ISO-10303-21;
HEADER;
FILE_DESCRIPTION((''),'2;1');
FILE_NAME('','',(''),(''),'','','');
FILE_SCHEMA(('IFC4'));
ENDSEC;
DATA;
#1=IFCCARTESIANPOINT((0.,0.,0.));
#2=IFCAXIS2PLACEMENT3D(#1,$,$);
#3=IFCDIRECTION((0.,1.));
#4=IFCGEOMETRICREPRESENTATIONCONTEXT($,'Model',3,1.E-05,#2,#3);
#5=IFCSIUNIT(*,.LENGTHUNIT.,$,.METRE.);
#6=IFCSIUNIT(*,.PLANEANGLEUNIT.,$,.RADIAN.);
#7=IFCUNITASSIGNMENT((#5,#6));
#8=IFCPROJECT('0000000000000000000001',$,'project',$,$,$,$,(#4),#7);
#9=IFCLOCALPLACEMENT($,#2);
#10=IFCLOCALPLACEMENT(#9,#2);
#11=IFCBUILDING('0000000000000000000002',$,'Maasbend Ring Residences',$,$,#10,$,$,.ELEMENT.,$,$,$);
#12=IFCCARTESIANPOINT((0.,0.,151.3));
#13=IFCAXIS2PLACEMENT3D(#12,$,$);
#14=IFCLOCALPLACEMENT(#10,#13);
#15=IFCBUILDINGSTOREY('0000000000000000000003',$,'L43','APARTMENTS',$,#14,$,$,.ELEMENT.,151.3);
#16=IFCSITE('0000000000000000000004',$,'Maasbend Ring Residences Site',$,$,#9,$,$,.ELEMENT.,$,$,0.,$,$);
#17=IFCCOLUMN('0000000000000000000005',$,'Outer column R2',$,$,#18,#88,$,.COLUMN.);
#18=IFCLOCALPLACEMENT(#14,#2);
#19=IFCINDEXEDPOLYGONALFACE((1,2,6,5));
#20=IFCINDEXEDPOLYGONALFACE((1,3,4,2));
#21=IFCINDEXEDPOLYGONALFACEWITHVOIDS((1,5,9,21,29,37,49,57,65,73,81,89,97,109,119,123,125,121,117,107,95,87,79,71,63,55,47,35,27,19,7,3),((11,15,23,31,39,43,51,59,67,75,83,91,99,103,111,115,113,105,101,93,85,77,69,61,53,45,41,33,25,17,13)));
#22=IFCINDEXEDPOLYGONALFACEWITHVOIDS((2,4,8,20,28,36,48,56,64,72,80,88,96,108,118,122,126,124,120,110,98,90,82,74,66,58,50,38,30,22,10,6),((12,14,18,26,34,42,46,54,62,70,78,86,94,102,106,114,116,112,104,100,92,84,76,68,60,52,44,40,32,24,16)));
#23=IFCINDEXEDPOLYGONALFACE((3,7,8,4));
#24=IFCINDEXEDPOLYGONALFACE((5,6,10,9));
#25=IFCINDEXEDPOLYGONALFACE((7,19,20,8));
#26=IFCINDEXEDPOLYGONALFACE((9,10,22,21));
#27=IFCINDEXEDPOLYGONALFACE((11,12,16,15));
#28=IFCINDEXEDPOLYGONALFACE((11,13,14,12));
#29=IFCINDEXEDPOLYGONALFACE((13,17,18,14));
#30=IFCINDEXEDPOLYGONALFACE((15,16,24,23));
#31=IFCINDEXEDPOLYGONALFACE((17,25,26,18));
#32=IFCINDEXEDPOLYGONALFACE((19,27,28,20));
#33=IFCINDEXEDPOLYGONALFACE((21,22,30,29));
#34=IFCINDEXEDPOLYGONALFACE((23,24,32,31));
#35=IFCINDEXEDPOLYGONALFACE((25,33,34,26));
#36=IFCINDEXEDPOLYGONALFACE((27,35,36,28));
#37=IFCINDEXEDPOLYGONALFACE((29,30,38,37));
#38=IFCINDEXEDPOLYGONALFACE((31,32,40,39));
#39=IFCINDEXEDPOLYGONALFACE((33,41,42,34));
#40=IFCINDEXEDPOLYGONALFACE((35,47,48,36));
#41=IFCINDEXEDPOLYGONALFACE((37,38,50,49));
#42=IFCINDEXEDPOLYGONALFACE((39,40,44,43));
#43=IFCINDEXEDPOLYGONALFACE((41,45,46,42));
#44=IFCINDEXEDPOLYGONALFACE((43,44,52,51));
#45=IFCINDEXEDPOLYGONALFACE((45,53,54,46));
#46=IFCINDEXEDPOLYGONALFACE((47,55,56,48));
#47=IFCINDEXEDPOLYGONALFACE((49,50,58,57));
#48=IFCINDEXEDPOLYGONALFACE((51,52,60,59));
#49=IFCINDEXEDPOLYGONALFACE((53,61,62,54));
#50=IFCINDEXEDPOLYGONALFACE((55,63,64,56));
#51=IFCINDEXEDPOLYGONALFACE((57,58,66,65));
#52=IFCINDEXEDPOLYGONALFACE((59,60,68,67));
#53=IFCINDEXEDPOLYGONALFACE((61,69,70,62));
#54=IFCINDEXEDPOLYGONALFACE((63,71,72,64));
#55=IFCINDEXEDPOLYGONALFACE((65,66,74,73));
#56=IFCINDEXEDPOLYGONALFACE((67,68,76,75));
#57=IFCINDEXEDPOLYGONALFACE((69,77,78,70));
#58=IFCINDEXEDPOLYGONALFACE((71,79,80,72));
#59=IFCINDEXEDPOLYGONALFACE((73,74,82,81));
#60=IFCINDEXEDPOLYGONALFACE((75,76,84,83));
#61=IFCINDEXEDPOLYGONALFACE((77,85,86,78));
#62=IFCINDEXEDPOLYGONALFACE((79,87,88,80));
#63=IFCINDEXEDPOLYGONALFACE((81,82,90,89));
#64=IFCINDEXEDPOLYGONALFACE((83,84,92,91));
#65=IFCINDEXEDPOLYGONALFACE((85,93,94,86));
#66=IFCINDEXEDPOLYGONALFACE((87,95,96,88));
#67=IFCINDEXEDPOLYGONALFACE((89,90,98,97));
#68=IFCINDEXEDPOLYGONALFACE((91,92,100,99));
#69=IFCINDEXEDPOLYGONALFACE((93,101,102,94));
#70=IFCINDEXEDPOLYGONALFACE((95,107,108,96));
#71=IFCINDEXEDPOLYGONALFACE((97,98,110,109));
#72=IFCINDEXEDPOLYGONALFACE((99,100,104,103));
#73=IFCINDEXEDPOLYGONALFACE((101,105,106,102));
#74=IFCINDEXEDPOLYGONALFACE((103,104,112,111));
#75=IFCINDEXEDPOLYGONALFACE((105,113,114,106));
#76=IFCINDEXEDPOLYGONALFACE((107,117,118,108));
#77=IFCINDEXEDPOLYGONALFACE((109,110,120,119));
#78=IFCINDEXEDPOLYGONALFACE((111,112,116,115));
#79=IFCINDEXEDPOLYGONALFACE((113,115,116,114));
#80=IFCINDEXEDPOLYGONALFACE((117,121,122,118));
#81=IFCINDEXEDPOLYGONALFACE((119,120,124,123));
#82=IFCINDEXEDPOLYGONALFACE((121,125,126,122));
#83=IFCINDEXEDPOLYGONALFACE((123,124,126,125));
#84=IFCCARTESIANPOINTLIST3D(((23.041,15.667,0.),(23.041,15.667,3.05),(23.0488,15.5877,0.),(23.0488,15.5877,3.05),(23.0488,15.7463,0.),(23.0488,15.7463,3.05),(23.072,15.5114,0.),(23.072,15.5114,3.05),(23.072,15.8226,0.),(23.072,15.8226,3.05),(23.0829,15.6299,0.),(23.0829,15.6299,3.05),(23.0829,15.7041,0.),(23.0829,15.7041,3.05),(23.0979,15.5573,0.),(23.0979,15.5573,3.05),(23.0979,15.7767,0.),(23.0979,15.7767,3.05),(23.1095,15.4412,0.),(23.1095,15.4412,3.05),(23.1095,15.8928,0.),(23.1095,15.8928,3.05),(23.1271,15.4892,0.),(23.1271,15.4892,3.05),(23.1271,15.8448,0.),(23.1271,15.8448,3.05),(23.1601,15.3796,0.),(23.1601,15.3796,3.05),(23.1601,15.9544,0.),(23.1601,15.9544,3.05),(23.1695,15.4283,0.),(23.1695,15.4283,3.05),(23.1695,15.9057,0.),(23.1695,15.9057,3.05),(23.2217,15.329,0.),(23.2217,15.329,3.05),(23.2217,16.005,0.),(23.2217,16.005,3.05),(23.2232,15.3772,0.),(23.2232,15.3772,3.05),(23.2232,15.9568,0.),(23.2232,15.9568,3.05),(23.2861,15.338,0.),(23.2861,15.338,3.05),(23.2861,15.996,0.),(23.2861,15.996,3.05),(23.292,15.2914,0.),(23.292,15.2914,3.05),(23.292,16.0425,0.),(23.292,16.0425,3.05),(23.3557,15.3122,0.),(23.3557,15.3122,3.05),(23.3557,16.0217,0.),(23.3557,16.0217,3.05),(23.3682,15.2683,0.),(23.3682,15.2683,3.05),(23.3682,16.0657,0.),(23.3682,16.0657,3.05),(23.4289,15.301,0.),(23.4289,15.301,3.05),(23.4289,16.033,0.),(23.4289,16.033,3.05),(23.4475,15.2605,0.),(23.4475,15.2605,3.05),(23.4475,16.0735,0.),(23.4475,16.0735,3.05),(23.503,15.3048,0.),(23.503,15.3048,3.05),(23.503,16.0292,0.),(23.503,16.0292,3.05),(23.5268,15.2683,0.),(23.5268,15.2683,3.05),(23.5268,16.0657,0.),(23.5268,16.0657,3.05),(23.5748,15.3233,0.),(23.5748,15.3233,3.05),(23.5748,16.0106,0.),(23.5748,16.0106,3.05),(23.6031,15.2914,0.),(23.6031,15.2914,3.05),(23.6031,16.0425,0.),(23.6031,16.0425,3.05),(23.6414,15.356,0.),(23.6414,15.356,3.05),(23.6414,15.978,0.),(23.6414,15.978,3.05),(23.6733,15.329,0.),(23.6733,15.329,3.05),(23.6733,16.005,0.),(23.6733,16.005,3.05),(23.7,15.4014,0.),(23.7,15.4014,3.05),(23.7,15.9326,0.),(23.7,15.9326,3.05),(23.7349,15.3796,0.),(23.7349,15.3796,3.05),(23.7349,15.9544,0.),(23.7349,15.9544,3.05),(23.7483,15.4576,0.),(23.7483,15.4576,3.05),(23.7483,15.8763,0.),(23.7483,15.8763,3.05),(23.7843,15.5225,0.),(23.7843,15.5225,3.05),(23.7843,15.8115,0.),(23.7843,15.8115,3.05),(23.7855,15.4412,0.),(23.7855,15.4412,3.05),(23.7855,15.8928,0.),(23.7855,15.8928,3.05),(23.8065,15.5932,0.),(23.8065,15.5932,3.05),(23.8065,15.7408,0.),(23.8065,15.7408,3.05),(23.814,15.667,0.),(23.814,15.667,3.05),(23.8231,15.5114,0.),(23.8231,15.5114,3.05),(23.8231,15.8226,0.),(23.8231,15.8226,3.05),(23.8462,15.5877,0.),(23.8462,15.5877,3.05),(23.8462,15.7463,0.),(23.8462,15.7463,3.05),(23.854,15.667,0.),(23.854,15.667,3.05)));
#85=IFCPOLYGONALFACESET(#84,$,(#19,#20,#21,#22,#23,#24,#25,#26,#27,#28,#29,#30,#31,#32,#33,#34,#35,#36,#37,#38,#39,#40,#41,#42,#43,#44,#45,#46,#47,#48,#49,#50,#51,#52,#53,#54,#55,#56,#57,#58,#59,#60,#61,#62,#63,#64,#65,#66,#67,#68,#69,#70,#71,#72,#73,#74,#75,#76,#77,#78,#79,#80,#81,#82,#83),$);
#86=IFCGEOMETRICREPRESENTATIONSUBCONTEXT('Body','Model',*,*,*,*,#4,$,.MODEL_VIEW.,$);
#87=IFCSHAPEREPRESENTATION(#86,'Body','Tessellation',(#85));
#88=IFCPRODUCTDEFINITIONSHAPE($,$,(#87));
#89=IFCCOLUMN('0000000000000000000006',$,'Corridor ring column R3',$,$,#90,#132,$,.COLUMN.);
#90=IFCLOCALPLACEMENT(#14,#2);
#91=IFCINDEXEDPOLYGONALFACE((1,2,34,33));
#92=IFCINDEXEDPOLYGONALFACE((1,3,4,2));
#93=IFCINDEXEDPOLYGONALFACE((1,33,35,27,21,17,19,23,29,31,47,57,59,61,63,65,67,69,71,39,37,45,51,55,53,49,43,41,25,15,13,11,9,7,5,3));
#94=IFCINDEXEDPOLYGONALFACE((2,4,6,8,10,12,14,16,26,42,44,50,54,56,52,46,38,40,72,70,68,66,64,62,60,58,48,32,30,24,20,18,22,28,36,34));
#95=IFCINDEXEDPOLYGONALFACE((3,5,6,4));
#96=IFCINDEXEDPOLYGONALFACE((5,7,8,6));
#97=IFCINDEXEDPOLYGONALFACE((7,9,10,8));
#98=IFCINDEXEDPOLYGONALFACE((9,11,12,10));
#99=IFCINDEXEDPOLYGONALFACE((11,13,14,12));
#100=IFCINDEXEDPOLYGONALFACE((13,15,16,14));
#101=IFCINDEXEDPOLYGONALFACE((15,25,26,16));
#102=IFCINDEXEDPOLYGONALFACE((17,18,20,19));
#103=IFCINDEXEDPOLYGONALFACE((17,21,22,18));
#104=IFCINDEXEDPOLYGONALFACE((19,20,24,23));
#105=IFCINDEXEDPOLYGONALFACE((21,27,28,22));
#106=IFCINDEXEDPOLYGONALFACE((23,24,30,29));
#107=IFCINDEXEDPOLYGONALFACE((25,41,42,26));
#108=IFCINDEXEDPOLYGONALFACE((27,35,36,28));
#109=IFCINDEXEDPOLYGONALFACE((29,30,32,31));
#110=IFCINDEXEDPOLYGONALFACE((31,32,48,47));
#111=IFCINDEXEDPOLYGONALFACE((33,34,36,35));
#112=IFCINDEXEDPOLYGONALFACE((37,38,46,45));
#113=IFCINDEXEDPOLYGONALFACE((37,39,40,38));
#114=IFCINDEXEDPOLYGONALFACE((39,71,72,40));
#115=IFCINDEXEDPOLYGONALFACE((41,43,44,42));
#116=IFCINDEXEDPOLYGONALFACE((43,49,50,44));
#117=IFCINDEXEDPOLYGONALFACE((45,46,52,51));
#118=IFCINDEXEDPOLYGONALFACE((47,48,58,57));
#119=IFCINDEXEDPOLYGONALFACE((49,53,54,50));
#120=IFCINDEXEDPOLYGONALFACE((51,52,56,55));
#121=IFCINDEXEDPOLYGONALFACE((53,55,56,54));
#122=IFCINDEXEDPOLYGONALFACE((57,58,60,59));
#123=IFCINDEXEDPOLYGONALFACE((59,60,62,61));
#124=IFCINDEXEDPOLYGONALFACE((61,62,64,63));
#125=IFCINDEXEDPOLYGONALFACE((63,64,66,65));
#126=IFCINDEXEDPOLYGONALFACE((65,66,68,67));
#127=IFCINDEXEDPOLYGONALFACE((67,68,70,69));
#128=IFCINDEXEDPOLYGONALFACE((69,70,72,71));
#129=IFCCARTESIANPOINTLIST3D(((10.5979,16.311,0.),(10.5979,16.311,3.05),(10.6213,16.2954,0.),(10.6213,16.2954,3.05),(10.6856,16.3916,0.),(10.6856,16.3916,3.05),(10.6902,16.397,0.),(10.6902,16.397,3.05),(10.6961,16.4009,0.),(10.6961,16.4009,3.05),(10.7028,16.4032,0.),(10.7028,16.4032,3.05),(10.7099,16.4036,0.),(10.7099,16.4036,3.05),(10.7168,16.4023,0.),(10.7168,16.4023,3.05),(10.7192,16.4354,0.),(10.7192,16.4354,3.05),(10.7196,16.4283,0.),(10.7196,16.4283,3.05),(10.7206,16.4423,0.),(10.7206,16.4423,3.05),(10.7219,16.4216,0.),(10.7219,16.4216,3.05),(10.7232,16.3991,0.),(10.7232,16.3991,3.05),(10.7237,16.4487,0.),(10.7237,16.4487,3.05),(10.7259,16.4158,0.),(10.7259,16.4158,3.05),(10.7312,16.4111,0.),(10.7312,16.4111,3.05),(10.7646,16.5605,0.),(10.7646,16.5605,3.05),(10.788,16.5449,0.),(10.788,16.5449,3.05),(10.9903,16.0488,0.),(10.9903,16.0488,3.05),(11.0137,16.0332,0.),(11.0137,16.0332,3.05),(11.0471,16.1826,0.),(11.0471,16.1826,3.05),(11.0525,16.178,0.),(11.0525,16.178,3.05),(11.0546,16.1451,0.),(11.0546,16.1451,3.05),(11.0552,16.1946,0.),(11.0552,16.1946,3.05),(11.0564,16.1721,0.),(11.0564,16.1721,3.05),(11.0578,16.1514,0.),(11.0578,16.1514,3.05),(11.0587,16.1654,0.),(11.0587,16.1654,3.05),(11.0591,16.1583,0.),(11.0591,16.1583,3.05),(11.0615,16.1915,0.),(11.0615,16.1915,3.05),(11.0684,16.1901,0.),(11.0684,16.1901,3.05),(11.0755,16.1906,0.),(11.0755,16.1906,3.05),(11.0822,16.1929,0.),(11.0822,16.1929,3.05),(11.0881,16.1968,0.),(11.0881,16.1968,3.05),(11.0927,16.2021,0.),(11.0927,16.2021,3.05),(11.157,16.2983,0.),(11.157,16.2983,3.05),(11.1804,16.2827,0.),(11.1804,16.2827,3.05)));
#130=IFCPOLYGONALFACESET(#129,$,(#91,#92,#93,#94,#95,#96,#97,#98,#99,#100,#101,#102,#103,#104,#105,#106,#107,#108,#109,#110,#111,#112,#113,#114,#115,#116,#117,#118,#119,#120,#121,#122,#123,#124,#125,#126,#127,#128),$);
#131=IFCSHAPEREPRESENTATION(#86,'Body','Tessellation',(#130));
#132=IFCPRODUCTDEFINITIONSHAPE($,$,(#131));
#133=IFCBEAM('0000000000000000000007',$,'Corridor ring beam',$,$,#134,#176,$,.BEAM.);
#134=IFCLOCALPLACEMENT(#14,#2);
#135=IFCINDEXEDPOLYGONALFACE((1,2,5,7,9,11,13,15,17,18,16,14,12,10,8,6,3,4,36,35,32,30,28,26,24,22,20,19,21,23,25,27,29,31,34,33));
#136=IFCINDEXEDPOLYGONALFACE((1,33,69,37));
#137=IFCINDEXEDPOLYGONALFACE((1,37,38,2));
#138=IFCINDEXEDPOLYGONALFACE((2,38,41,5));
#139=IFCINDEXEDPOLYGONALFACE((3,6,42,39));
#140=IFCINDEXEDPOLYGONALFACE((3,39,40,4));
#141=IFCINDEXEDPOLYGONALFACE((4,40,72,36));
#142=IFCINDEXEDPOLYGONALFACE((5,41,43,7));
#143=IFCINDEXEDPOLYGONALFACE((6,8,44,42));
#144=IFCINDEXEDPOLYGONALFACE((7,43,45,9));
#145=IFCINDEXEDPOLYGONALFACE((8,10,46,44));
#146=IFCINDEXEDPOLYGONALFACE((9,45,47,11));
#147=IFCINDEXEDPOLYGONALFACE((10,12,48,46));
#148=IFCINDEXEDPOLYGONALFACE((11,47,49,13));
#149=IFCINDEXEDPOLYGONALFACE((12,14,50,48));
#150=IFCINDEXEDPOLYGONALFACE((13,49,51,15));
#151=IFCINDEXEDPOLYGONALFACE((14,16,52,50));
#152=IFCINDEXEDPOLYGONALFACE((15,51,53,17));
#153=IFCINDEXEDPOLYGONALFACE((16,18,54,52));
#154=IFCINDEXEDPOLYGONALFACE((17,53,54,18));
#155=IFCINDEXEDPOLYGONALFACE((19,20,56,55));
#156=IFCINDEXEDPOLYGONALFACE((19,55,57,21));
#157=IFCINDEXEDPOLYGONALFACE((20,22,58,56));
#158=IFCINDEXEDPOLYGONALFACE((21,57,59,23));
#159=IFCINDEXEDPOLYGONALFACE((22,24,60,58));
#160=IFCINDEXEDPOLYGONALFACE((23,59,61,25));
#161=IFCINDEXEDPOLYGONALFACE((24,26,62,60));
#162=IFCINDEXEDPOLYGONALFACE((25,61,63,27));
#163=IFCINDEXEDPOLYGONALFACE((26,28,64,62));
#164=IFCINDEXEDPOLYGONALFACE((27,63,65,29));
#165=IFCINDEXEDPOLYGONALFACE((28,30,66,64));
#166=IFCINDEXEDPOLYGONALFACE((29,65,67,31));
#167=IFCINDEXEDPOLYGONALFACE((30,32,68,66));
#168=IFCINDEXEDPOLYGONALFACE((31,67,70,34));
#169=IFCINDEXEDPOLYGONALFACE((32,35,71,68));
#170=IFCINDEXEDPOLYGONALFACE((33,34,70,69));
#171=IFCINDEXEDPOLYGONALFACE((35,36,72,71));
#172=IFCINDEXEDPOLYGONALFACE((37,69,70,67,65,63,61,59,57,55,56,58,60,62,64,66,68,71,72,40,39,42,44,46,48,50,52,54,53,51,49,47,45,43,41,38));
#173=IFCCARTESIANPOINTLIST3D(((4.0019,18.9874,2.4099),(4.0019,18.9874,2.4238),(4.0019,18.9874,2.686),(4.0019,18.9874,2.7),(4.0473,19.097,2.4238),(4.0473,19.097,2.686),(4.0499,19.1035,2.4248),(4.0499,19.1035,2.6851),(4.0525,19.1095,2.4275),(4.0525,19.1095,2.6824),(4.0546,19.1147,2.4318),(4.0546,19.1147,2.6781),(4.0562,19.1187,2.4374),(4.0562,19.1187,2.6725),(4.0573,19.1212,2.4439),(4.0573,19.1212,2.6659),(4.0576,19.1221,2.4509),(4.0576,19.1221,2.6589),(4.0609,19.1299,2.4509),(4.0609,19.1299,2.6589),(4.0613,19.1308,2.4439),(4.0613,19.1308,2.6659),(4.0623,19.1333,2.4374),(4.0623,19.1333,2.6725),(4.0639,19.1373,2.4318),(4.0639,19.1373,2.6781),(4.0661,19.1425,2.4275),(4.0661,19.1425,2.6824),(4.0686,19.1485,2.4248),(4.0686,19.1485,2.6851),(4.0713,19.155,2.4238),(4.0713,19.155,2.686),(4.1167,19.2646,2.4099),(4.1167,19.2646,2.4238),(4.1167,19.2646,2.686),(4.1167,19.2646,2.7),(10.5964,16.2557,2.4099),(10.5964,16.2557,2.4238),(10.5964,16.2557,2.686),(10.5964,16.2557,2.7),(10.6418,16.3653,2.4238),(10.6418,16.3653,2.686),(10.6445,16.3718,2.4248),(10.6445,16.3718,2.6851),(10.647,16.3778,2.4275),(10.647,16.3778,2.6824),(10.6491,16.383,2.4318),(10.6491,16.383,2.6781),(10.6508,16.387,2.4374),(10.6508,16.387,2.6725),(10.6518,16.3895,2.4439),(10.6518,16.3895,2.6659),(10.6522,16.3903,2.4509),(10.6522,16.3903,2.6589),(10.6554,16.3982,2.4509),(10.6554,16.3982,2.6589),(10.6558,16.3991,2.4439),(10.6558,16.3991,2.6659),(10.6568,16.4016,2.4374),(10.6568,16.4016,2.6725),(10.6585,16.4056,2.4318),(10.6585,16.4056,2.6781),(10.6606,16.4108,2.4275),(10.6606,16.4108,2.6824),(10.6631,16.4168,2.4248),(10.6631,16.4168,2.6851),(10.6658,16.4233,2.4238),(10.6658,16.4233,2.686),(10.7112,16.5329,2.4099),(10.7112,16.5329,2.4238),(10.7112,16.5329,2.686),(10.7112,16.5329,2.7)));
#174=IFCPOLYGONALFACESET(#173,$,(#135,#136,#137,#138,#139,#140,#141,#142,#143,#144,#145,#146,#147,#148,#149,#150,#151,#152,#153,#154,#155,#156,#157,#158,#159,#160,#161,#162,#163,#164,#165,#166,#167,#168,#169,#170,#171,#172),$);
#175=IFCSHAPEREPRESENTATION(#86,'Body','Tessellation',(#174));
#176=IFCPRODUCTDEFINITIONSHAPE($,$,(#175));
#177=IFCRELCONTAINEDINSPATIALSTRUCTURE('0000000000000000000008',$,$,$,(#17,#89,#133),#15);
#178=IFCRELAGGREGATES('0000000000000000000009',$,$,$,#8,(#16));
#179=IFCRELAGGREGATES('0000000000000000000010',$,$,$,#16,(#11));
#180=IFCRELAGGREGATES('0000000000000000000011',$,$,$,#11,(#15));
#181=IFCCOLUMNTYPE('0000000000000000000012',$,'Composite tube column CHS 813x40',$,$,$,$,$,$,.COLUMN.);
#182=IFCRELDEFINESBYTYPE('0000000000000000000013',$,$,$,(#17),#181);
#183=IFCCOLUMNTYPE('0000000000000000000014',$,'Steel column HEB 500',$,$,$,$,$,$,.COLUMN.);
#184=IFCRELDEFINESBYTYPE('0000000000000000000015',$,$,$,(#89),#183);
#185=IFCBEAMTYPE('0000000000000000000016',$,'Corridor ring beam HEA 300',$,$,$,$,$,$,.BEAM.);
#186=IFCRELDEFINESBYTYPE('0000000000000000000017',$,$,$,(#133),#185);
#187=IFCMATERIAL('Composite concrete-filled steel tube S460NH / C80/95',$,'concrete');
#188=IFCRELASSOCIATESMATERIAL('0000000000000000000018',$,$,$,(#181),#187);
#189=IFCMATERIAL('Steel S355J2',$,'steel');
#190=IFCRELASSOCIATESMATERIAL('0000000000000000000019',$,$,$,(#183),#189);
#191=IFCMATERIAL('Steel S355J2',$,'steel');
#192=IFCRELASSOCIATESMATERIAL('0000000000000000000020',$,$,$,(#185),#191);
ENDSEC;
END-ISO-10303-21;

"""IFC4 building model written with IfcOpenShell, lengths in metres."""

from ifc_helpers import new_model, si_unit, direction, frame, origin, origin_2d, place, context, subcontext, project, spatial, hollow_circle, i_section, extrude, material, material_profile, profile_set, type_object, element, save


model = new_model("IFC4")

# Units and contexts
model_context = context("Model", 3, precision=1e-05, world=origin(), true_north=direction((0.0, 1.0)))
body_context = subcontext(model_context, "Body", "Model", "MODEL_VIEW")
ifc_project = project(units=[si_unit("LENGTHUNIT", "METRE"), si_unit("PLANEANGLEUNIT", "RADIAN")], contexts=[model_context])

# Site, building, storey
site_placement = place(None, origin())
site = spatial("IfcSite", under=ifc_project, at=site_placement, Name="Maasbend Ring Residences Site", CompositionType="ELEMENT", RefElevation=0.0)
building_placement = place(site_placement, origin())
building = spatial("IfcBuilding", under=site, at=building_placement, Name="Maasbend Ring Residences", CompositionType="ELEMENT")
storey_placement = place(building_placement, frame((0.0, 0.0, 151.3)))
storey = spatial("IfcBuildingStorey", under=building, at=storey_placement, Name="L43", Description="APARTMENTS", CompositionType="ELEMENT", Elevation=151.3)

# Columns
ifc_material_1 = material(Name="Composite concrete-filled steel tube S460NH / C80/95", Category="concrete")
ifc_material_profile_1 = material_profile(ifc_material_1, hollow_circle(Radius=0.4065, WallThickness=0.04, at=origin_2d()), Name="Composite tube column CHS 813x40")
ifc_profile_set_1 = profile_set([ifc_material_profile_1], Name="Composite concrete-filled steel tube S460NH / C80/95")
column_type_1 = type_object("IfcColumnType", Name="Composite tube column CHS 813x40", PredefinedType="COLUMN", material=ifc_profile_set_1)
column_1_placement = place(storey_placement, frame((23.4475, 15.667, 0.0), z_axis=(0.0, 0.0, 1.0), x_axis=(1.0, 0.0, 0.0)))
element("IfcColumn", 1, at=column_1_placement, inside=storey, type_object=column_type_1, Name="Outer column R2", PredefinedType="COLUMN", context=body_context, shape_type="SweptSolid", body=[
    extrude(hollow_circle(Radius=0.4065, WallThickness=0.04, at=origin_2d()), origin(), (0.0, 0.0, 1.0), 3.05),
])
ifc_material_2 = material(Name="Steel S355J2", Category="steel")
ifc_material_profile_2 = material_profile(ifc_material_2, i_section(OverallWidth=0.3, OverallDepth=0.5, WebThickness=0.0144, FlangeThickness=0.0281, FilletRadius=0.0271, at=origin_2d()), Name="HEB 500")
ifc_profile_set_2 = profile_set([ifc_material_profile_2], Name="Steel S355J2")
column_type_2 = type_object("IfcColumnType", Name="Steel column HEB 500", PredefinedType="COLUMN", material=ifc_profile_set_2)
column_2_placement = place(storey_placement, frame((10.8892, 16.2969, 0.0), z_axis=(0.0, 0.0, 1.0), x_axis=(0.55557, 0.83147, 0.0)))
element("IfcColumn", 2, at=column_2_placement, inside=storey, type_object=column_type_2, Name="Corridor ring column R3", PredefinedType="COLUMN", context=body_context, shape_type="SweptSolid", body=[
    extrude(i_section(OverallWidth=0.3, OverallDepth=0.5, WebThickness=0.0144, FlangeThickness=0.0281, FilletRadius=0.0271, at=origin_2d()), origin(), (0.0, 0.0, 1.0), 3.05),
])

# Beam
ifc_material_3 = material(Name="Steel S355J2", Category="steel")
ifc_material_profile_3 = material_profile(ifc_material_3, i_section(OverallWidth=0.3, OverallDepth=0.29, WebThickness=0.0085, FlangeThickness=0.0139, FilletRadius=0.0271, at=origin_2d()), Name="HEA 300")
ifc_profile_set_3 = profile_set([ifc_material_profile_3], Name="Steel S355J2")
beam_type_1 = type_object("IfcBeamType", Name="Corridor ring beam HEA 300", PredefinedType="BEAM", material=ifc_profile_set_3)
beam_1_placement = place(storey_placement, frame((10.6538, 16.3943, 2.5549), z_axis=(-0.923871, 0.382703, 0.0), x_axis=(-0.382703, -0.923871, 0.0)))
element("IfcBeam", 3, at=beam_1_placement, inside=storey, type_object=beam_type_1, Name="Corridor ring beam", PredefinedType="BEAM", context=body_context, shape_type="SweptSolid", body=[
    extrude(i_section(OverallWidth=0.3, OverallDepth=0.29, WebThickness=0.0085, FlangeThickness=0.0139, FilletRadius=0.0271, at=origin_2d()), origin(), (0.0, 0.0, 1.0), 7.1379),
])

save(model, "model.ifc")
